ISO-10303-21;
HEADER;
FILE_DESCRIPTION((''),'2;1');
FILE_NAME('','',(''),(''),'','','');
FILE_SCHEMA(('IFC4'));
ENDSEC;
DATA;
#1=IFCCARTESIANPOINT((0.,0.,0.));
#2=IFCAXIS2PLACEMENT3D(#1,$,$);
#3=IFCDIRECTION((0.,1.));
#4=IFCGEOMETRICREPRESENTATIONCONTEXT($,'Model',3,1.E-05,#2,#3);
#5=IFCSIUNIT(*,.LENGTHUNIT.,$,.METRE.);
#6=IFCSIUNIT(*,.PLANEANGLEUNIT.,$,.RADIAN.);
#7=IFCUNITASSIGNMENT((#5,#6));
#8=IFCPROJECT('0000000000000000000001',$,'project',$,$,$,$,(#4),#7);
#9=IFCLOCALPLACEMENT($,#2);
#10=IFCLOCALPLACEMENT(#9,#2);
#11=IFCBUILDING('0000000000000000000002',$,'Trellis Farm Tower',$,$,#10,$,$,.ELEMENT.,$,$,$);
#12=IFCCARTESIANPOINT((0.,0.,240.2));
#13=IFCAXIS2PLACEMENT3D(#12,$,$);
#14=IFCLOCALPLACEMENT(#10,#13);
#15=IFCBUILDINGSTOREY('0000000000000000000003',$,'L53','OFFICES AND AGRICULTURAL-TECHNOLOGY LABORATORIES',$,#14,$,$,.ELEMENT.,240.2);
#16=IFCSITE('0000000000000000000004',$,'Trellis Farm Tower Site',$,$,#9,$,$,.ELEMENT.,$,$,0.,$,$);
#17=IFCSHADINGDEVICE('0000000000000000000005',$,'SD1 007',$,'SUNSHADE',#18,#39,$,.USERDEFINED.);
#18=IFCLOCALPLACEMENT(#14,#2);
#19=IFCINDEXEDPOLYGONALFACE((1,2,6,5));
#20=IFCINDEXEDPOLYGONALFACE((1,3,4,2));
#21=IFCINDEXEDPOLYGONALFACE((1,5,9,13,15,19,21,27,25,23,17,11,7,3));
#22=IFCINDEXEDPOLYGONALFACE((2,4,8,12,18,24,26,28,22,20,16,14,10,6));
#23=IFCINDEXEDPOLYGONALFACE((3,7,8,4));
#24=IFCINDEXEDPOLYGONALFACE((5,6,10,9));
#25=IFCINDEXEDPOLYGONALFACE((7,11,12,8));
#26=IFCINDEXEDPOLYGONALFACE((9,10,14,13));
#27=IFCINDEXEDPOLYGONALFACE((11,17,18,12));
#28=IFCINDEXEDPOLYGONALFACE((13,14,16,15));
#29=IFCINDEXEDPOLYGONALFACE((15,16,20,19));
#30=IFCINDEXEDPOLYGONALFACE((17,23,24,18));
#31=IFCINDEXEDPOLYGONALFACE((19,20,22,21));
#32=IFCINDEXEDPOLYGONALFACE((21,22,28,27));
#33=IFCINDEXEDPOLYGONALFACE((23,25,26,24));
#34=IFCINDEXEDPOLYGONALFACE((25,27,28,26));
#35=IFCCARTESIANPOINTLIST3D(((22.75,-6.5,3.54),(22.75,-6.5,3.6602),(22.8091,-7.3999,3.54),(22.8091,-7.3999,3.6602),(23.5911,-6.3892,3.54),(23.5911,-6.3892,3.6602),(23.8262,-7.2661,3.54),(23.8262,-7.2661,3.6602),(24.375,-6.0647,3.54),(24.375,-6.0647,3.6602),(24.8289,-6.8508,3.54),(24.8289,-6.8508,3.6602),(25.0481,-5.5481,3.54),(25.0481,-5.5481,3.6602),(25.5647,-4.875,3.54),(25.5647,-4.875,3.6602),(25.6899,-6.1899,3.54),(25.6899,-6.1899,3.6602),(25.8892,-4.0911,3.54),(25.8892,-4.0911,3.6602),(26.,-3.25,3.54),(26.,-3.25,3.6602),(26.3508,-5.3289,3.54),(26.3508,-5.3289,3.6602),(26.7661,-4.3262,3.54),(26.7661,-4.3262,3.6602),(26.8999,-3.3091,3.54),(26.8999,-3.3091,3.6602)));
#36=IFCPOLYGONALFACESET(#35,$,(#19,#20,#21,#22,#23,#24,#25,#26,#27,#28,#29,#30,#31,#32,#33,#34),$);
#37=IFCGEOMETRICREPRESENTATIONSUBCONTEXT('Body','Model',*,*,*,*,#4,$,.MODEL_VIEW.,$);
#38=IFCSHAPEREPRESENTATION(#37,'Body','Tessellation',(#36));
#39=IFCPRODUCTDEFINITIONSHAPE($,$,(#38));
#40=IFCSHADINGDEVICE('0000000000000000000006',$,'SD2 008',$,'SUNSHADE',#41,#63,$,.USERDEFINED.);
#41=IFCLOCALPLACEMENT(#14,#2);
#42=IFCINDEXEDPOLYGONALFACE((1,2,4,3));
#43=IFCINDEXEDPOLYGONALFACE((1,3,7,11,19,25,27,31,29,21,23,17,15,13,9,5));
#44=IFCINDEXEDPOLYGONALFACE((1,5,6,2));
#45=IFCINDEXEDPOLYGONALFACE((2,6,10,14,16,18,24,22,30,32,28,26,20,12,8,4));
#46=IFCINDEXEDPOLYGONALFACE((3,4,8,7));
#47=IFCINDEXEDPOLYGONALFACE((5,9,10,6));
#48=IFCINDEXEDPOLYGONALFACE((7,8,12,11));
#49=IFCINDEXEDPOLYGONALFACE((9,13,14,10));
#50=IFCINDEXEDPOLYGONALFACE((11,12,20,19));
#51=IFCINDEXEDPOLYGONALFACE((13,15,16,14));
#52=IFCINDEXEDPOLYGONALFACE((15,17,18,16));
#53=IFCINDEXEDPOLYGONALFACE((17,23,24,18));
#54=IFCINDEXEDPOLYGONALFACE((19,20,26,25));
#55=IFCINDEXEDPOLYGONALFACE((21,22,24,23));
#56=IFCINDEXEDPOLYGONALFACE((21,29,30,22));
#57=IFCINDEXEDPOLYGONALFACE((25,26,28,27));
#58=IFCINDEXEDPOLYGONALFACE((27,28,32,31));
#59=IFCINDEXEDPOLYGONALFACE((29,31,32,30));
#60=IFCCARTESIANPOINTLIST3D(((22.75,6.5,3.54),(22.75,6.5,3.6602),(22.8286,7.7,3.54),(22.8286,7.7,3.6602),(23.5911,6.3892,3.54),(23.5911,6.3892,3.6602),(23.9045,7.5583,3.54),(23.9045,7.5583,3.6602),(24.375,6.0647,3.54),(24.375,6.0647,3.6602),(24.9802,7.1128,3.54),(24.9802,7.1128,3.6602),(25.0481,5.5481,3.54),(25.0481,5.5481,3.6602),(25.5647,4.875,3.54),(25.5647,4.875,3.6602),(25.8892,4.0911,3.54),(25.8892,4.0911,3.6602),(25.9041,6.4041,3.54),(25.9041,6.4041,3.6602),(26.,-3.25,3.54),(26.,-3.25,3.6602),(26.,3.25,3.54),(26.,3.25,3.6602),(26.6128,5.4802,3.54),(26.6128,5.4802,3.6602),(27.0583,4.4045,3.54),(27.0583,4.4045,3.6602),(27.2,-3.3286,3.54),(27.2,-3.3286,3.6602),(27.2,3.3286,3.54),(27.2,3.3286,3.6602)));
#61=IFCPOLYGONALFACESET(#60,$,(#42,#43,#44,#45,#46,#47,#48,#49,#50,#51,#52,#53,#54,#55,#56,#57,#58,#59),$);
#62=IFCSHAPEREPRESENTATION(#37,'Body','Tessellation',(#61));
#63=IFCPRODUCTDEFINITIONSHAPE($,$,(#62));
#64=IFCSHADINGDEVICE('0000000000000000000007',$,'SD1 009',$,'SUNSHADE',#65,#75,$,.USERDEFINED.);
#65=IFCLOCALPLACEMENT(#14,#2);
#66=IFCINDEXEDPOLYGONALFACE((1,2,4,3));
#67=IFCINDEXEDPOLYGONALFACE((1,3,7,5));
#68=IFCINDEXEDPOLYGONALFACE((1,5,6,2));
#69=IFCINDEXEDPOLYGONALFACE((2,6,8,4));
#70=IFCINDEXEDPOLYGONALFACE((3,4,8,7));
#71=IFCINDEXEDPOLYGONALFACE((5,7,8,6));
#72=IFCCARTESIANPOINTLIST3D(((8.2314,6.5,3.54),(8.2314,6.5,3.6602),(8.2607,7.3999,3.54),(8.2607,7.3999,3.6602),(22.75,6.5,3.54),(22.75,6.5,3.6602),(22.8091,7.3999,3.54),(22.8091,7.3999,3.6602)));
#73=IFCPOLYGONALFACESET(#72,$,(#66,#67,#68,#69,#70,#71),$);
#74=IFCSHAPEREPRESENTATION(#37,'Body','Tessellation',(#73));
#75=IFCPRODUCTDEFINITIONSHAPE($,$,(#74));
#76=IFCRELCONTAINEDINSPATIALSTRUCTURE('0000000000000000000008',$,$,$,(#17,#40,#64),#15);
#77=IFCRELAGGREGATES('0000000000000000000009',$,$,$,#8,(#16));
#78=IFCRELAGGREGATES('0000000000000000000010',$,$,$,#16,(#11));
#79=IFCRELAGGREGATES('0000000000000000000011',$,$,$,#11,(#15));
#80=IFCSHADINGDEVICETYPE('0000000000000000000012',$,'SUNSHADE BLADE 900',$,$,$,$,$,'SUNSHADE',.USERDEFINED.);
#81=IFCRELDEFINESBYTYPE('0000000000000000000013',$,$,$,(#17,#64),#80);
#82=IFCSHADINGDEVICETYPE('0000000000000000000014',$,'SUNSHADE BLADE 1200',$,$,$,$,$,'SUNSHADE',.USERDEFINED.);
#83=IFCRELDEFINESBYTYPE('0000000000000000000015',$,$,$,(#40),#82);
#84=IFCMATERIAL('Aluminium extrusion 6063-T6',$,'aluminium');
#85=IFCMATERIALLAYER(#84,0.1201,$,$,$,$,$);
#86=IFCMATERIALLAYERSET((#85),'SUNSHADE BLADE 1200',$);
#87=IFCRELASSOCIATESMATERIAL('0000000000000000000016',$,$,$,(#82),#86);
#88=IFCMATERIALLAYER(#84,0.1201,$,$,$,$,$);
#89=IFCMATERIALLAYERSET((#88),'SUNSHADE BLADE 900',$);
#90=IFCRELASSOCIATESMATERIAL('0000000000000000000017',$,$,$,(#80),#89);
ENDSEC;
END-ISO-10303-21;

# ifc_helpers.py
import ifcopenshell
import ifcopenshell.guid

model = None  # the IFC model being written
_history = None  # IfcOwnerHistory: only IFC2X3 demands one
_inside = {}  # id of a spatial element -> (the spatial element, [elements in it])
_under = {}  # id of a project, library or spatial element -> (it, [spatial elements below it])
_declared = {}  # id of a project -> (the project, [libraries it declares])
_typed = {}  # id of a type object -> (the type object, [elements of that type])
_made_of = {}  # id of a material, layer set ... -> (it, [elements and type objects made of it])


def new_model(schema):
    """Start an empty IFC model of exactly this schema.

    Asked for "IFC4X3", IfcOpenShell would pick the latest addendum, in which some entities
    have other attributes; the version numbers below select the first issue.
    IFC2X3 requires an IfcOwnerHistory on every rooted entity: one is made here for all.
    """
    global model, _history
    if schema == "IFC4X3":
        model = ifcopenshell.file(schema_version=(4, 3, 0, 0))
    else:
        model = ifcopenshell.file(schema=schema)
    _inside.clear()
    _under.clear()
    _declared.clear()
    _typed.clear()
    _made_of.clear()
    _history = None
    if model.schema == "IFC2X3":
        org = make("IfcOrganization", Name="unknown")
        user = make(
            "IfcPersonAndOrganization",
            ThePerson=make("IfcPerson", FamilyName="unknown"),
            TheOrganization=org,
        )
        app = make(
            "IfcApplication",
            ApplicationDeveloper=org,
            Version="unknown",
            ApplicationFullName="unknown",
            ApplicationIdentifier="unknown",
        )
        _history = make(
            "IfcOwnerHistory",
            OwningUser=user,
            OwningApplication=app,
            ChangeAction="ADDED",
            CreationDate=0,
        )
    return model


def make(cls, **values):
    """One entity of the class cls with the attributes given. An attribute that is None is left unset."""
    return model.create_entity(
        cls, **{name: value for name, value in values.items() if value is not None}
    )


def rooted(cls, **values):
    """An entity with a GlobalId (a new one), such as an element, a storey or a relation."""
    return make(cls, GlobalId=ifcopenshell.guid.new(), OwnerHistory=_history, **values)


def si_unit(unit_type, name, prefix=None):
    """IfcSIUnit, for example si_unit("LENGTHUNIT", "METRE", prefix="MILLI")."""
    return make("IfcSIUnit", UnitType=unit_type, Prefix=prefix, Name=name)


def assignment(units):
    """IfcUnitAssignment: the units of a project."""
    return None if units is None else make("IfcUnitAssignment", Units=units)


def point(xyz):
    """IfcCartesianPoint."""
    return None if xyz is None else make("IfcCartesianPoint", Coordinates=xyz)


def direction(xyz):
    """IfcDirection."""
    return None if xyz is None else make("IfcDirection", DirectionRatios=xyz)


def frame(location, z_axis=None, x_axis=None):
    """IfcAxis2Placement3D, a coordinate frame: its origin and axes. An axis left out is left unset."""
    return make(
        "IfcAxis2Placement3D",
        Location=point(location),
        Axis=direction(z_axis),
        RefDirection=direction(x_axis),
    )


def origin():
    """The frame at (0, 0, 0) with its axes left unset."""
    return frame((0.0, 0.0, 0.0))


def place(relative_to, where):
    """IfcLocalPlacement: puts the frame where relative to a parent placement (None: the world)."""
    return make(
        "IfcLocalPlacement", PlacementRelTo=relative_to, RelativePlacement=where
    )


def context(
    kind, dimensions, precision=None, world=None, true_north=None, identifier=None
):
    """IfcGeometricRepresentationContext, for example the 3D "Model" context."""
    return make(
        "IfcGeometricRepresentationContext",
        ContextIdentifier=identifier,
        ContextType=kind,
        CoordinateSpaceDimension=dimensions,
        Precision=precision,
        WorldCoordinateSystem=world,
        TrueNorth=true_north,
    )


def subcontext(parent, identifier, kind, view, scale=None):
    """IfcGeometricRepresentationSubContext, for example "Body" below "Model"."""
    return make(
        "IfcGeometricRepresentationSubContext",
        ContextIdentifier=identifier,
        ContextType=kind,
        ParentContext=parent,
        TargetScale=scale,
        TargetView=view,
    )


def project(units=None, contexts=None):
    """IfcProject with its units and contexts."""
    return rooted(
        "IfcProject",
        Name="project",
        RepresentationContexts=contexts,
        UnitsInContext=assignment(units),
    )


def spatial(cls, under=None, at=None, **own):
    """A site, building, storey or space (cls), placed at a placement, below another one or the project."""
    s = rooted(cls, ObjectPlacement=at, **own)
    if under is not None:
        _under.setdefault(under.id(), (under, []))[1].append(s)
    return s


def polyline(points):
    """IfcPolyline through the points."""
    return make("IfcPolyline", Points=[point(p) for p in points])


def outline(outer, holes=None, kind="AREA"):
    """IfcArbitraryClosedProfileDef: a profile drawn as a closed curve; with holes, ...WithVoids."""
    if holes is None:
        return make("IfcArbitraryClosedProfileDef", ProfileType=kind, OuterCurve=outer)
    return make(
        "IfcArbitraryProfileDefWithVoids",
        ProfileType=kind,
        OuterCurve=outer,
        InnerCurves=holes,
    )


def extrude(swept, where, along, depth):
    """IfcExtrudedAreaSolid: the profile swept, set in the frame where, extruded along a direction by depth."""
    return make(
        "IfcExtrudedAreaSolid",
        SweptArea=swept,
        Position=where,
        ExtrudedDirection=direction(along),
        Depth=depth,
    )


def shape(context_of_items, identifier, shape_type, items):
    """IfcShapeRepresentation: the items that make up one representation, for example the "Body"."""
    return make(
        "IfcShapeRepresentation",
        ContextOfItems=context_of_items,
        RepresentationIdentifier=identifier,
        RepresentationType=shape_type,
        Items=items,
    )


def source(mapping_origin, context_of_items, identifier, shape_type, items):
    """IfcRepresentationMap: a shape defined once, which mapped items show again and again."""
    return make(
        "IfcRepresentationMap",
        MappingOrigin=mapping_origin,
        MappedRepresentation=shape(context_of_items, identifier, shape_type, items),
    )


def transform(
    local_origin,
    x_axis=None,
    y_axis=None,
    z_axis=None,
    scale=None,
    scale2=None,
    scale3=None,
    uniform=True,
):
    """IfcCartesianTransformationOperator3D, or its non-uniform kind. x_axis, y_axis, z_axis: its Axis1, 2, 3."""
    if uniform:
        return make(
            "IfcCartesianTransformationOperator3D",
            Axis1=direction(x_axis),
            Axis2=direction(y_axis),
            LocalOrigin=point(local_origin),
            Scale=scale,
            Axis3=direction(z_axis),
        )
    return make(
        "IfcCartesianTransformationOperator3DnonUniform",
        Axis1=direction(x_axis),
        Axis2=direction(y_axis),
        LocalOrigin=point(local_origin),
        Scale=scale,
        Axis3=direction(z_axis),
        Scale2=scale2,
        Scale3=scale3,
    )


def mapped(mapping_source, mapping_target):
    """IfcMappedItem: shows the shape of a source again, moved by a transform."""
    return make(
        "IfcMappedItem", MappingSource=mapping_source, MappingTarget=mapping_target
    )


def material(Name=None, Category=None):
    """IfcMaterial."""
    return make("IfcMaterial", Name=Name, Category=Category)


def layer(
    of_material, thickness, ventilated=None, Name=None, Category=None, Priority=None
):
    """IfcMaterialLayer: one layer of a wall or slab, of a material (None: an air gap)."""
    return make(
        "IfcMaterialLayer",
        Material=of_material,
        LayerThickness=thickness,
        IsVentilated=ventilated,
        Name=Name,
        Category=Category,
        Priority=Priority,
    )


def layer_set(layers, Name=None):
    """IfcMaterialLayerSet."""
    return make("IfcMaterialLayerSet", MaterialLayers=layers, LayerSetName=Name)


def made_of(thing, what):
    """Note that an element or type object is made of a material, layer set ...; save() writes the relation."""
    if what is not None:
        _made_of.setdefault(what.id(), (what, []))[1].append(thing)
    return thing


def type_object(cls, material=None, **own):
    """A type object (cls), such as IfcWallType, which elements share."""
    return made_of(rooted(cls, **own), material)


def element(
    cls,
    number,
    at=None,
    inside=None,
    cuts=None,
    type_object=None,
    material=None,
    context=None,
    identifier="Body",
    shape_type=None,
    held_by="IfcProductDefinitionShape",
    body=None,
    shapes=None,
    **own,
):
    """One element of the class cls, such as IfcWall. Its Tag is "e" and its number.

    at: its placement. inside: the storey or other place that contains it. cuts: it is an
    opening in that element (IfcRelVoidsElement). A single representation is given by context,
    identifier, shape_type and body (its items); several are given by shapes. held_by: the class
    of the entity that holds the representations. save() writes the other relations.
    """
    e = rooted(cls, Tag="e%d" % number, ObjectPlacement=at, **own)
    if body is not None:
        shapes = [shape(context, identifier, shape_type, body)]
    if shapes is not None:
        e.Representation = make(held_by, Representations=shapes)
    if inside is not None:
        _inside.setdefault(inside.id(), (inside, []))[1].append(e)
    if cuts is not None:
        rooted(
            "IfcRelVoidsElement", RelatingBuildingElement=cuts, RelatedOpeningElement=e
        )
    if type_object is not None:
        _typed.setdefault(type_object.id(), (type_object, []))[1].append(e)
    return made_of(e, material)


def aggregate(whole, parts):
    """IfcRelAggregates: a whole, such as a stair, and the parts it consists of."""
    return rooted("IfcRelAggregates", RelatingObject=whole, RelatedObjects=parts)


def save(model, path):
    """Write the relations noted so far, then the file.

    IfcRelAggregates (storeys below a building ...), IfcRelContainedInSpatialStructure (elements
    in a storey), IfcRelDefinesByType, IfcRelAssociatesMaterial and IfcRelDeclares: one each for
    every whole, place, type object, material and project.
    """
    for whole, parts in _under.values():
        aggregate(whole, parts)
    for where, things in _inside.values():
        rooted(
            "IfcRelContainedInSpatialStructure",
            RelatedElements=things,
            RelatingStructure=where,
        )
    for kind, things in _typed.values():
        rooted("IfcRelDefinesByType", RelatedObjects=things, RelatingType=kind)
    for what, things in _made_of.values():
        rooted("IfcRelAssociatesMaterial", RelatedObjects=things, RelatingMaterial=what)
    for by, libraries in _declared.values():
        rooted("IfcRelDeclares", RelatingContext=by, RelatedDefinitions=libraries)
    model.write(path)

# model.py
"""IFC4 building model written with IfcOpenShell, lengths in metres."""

from ifc_helpers import new_model, si_unit, direction, frame, origin, place, context, subcontext, project, spatial, polyline, outline, extrude, source, transform, mapped, material, layer, layer_set, type_object, element, save


model = new_model("IFC4")

# Units and contexts
model_context = context("Model", 3, precision=1e-05, world=origin(), true_north=direction((0.0, 1.0)))
body_context = subcontext(model_context, "Body", "Model", "MODEL_VIEW")
ifc_project = project(units=[si_unit("LENGTHUNIT", "METRE"), si_unit("PLANEANGLEUNIT", "RADIAN")], contexts=[model_context])

# Site, building, storey
site_placement = place(None, origin())
site = spatial("IfcSite", under=ifc_project, at=site_placement, Name="Trellis Farm Tower Site", CompositionType="ELEMENT", RefElevation=0.0)
building_placement = place(site_placement, origin())
building = spatial("IfcBuilding", under=site, at=building_placement, Name="Trellis Farm Tower", CompositionType="ELEMENT")
storey_placement = place(building_placement, frame((0.0, 0.0, 240.2)))
storey = spatial("IfcBuildingStorey", under=building, at=storey_placement, Name="L53", Description="OFFICES AND AGRICULTURAL-TECHNOLOGY LABORATORIES", CompositionType="ELEMENT", Elevation=240.2)

# Shared definitions
ifc_material_1 = material(Name="Aluminium extrusion 6063-T6", Category="aluminium")

# Shading devices
ifc_layer_1 = layer(ifc_material_1, 0.1201)
ifc_layer_set_1 = layer_set([ifc_layer_1], Name="SUNSHADE BLADE 1200")
shading_device_type_1 = type_object("IfcShadingDeviceType", Name="SUNSHADE BLADE 1200", ElementType="SUNSHADE", PredefinedType="USERDEFINED", material=ifc_layer_set_1)
placement_1 = place(storey_placement, frame((0.0, 0.0, 3.54)))
ifc_layer_2 = layer(ifc_material_1, 0.1201)
ifc_layer_set_2 = layer_set([ifc_layer_2], Name="SUNSHADE BLADE 900")
shading_device_type_2 = type_object("IfcShadingDeviceType", Name="SUNSHADE BLADE 900", ElementType="SUNSHADE", PredefinedType="USERDEFINED", material=ifc_layer_set_2)
shared_shape_1 = source(origin(), body_context, "Body", "SweptSolid", [
    extrude(outline(polyline([(22.8091, -7.3999), (23.8262, -7.2661), (24.8289, -6.8508), (25.6899, -6.1899), (26.3508, -5.3289), (26.7661, -4.3262), (26.8999, -3.3091), (26.0, -3.25), (25.8892, -4.0911), (25.5647, -4.875), (25.0481, -5.5481), (24.375, -6.0647), (23.5911, -6.3892), (22.75, -6.5), (22.8091, -7.3999)])), origin(), (0.0, 0.0, 1.0), 0.1201),
])
element("IfcShadingDevice", 1, at=placement_1, inside=storey, type_object=shading_device_type_2, Name="SD1 007", ObjectType="SUNSHADE", PredefinedType="USERDEFINED", context=body_context, shape_type="MappedRepresentation", body=[
    mapped(shared_shape_1, transform((0.0, 0.0, 0.0))),
])
shared_shape_2 = source(origin(), body_context, "Body", "SweptSolid", [
    extrude(outline(polyline([(27.2, -3.3286), (27.2, 3.3286), (27.0583, 4.4045), (26.6128, 5.4802), (25.9041, 6.4041), (24.9802, 7.1128), (23.9045, 7.5583), (22.8286, 7.7), (22.75, 6.5), (23.5911, 6.3892), (24.375, 6.0647), (25.0481, 5.5481), (25.5647, 4.875), (25.8892, 4.0911), (26.0, 3.25), (26.0, -3.25), (27.2, -3.3286)])), origin(), (0.0, 0.0, 1.0), 0.1201),
])
element("IfcShadingDevice", 2, at=placement_1, inside=storey, type_object=shading_device_type_1, Name="SD2 008", ObjectType="SUNSHADE", PredefinedType="USERDEFINED", context=body_context, shape_type="MappedRepresentation", body=[
    mapped(shared_shape_2, transform((0.0, 0.0, 0.0))),
])
shared_shape_3 = source(origin(), body_context, "Body", "SweptSolid", [
    extrude(outline(polyline([(22.8091, 7.3999), (8.2607, 7.3999), (8.2314, 6.5), (22.75, 6.5), (22.8091, 7.3999)])), origin(), (0.0, 0.0, 1.0), 0.1201),
])
element("IfcShadingDevice", 3, at=placement_1, inside=storey, type_object=shading_device_type_2, Name="SD1 009", ObjectType="SUNSHADE", PredefinedType="USERDEFINED", context=body_context, shape_type="MappedRepresentation", body=[
    mapped(shared_shape_3, transform((0.0, 0.0, 0.0))),
])

save(model, "model.ifc")
